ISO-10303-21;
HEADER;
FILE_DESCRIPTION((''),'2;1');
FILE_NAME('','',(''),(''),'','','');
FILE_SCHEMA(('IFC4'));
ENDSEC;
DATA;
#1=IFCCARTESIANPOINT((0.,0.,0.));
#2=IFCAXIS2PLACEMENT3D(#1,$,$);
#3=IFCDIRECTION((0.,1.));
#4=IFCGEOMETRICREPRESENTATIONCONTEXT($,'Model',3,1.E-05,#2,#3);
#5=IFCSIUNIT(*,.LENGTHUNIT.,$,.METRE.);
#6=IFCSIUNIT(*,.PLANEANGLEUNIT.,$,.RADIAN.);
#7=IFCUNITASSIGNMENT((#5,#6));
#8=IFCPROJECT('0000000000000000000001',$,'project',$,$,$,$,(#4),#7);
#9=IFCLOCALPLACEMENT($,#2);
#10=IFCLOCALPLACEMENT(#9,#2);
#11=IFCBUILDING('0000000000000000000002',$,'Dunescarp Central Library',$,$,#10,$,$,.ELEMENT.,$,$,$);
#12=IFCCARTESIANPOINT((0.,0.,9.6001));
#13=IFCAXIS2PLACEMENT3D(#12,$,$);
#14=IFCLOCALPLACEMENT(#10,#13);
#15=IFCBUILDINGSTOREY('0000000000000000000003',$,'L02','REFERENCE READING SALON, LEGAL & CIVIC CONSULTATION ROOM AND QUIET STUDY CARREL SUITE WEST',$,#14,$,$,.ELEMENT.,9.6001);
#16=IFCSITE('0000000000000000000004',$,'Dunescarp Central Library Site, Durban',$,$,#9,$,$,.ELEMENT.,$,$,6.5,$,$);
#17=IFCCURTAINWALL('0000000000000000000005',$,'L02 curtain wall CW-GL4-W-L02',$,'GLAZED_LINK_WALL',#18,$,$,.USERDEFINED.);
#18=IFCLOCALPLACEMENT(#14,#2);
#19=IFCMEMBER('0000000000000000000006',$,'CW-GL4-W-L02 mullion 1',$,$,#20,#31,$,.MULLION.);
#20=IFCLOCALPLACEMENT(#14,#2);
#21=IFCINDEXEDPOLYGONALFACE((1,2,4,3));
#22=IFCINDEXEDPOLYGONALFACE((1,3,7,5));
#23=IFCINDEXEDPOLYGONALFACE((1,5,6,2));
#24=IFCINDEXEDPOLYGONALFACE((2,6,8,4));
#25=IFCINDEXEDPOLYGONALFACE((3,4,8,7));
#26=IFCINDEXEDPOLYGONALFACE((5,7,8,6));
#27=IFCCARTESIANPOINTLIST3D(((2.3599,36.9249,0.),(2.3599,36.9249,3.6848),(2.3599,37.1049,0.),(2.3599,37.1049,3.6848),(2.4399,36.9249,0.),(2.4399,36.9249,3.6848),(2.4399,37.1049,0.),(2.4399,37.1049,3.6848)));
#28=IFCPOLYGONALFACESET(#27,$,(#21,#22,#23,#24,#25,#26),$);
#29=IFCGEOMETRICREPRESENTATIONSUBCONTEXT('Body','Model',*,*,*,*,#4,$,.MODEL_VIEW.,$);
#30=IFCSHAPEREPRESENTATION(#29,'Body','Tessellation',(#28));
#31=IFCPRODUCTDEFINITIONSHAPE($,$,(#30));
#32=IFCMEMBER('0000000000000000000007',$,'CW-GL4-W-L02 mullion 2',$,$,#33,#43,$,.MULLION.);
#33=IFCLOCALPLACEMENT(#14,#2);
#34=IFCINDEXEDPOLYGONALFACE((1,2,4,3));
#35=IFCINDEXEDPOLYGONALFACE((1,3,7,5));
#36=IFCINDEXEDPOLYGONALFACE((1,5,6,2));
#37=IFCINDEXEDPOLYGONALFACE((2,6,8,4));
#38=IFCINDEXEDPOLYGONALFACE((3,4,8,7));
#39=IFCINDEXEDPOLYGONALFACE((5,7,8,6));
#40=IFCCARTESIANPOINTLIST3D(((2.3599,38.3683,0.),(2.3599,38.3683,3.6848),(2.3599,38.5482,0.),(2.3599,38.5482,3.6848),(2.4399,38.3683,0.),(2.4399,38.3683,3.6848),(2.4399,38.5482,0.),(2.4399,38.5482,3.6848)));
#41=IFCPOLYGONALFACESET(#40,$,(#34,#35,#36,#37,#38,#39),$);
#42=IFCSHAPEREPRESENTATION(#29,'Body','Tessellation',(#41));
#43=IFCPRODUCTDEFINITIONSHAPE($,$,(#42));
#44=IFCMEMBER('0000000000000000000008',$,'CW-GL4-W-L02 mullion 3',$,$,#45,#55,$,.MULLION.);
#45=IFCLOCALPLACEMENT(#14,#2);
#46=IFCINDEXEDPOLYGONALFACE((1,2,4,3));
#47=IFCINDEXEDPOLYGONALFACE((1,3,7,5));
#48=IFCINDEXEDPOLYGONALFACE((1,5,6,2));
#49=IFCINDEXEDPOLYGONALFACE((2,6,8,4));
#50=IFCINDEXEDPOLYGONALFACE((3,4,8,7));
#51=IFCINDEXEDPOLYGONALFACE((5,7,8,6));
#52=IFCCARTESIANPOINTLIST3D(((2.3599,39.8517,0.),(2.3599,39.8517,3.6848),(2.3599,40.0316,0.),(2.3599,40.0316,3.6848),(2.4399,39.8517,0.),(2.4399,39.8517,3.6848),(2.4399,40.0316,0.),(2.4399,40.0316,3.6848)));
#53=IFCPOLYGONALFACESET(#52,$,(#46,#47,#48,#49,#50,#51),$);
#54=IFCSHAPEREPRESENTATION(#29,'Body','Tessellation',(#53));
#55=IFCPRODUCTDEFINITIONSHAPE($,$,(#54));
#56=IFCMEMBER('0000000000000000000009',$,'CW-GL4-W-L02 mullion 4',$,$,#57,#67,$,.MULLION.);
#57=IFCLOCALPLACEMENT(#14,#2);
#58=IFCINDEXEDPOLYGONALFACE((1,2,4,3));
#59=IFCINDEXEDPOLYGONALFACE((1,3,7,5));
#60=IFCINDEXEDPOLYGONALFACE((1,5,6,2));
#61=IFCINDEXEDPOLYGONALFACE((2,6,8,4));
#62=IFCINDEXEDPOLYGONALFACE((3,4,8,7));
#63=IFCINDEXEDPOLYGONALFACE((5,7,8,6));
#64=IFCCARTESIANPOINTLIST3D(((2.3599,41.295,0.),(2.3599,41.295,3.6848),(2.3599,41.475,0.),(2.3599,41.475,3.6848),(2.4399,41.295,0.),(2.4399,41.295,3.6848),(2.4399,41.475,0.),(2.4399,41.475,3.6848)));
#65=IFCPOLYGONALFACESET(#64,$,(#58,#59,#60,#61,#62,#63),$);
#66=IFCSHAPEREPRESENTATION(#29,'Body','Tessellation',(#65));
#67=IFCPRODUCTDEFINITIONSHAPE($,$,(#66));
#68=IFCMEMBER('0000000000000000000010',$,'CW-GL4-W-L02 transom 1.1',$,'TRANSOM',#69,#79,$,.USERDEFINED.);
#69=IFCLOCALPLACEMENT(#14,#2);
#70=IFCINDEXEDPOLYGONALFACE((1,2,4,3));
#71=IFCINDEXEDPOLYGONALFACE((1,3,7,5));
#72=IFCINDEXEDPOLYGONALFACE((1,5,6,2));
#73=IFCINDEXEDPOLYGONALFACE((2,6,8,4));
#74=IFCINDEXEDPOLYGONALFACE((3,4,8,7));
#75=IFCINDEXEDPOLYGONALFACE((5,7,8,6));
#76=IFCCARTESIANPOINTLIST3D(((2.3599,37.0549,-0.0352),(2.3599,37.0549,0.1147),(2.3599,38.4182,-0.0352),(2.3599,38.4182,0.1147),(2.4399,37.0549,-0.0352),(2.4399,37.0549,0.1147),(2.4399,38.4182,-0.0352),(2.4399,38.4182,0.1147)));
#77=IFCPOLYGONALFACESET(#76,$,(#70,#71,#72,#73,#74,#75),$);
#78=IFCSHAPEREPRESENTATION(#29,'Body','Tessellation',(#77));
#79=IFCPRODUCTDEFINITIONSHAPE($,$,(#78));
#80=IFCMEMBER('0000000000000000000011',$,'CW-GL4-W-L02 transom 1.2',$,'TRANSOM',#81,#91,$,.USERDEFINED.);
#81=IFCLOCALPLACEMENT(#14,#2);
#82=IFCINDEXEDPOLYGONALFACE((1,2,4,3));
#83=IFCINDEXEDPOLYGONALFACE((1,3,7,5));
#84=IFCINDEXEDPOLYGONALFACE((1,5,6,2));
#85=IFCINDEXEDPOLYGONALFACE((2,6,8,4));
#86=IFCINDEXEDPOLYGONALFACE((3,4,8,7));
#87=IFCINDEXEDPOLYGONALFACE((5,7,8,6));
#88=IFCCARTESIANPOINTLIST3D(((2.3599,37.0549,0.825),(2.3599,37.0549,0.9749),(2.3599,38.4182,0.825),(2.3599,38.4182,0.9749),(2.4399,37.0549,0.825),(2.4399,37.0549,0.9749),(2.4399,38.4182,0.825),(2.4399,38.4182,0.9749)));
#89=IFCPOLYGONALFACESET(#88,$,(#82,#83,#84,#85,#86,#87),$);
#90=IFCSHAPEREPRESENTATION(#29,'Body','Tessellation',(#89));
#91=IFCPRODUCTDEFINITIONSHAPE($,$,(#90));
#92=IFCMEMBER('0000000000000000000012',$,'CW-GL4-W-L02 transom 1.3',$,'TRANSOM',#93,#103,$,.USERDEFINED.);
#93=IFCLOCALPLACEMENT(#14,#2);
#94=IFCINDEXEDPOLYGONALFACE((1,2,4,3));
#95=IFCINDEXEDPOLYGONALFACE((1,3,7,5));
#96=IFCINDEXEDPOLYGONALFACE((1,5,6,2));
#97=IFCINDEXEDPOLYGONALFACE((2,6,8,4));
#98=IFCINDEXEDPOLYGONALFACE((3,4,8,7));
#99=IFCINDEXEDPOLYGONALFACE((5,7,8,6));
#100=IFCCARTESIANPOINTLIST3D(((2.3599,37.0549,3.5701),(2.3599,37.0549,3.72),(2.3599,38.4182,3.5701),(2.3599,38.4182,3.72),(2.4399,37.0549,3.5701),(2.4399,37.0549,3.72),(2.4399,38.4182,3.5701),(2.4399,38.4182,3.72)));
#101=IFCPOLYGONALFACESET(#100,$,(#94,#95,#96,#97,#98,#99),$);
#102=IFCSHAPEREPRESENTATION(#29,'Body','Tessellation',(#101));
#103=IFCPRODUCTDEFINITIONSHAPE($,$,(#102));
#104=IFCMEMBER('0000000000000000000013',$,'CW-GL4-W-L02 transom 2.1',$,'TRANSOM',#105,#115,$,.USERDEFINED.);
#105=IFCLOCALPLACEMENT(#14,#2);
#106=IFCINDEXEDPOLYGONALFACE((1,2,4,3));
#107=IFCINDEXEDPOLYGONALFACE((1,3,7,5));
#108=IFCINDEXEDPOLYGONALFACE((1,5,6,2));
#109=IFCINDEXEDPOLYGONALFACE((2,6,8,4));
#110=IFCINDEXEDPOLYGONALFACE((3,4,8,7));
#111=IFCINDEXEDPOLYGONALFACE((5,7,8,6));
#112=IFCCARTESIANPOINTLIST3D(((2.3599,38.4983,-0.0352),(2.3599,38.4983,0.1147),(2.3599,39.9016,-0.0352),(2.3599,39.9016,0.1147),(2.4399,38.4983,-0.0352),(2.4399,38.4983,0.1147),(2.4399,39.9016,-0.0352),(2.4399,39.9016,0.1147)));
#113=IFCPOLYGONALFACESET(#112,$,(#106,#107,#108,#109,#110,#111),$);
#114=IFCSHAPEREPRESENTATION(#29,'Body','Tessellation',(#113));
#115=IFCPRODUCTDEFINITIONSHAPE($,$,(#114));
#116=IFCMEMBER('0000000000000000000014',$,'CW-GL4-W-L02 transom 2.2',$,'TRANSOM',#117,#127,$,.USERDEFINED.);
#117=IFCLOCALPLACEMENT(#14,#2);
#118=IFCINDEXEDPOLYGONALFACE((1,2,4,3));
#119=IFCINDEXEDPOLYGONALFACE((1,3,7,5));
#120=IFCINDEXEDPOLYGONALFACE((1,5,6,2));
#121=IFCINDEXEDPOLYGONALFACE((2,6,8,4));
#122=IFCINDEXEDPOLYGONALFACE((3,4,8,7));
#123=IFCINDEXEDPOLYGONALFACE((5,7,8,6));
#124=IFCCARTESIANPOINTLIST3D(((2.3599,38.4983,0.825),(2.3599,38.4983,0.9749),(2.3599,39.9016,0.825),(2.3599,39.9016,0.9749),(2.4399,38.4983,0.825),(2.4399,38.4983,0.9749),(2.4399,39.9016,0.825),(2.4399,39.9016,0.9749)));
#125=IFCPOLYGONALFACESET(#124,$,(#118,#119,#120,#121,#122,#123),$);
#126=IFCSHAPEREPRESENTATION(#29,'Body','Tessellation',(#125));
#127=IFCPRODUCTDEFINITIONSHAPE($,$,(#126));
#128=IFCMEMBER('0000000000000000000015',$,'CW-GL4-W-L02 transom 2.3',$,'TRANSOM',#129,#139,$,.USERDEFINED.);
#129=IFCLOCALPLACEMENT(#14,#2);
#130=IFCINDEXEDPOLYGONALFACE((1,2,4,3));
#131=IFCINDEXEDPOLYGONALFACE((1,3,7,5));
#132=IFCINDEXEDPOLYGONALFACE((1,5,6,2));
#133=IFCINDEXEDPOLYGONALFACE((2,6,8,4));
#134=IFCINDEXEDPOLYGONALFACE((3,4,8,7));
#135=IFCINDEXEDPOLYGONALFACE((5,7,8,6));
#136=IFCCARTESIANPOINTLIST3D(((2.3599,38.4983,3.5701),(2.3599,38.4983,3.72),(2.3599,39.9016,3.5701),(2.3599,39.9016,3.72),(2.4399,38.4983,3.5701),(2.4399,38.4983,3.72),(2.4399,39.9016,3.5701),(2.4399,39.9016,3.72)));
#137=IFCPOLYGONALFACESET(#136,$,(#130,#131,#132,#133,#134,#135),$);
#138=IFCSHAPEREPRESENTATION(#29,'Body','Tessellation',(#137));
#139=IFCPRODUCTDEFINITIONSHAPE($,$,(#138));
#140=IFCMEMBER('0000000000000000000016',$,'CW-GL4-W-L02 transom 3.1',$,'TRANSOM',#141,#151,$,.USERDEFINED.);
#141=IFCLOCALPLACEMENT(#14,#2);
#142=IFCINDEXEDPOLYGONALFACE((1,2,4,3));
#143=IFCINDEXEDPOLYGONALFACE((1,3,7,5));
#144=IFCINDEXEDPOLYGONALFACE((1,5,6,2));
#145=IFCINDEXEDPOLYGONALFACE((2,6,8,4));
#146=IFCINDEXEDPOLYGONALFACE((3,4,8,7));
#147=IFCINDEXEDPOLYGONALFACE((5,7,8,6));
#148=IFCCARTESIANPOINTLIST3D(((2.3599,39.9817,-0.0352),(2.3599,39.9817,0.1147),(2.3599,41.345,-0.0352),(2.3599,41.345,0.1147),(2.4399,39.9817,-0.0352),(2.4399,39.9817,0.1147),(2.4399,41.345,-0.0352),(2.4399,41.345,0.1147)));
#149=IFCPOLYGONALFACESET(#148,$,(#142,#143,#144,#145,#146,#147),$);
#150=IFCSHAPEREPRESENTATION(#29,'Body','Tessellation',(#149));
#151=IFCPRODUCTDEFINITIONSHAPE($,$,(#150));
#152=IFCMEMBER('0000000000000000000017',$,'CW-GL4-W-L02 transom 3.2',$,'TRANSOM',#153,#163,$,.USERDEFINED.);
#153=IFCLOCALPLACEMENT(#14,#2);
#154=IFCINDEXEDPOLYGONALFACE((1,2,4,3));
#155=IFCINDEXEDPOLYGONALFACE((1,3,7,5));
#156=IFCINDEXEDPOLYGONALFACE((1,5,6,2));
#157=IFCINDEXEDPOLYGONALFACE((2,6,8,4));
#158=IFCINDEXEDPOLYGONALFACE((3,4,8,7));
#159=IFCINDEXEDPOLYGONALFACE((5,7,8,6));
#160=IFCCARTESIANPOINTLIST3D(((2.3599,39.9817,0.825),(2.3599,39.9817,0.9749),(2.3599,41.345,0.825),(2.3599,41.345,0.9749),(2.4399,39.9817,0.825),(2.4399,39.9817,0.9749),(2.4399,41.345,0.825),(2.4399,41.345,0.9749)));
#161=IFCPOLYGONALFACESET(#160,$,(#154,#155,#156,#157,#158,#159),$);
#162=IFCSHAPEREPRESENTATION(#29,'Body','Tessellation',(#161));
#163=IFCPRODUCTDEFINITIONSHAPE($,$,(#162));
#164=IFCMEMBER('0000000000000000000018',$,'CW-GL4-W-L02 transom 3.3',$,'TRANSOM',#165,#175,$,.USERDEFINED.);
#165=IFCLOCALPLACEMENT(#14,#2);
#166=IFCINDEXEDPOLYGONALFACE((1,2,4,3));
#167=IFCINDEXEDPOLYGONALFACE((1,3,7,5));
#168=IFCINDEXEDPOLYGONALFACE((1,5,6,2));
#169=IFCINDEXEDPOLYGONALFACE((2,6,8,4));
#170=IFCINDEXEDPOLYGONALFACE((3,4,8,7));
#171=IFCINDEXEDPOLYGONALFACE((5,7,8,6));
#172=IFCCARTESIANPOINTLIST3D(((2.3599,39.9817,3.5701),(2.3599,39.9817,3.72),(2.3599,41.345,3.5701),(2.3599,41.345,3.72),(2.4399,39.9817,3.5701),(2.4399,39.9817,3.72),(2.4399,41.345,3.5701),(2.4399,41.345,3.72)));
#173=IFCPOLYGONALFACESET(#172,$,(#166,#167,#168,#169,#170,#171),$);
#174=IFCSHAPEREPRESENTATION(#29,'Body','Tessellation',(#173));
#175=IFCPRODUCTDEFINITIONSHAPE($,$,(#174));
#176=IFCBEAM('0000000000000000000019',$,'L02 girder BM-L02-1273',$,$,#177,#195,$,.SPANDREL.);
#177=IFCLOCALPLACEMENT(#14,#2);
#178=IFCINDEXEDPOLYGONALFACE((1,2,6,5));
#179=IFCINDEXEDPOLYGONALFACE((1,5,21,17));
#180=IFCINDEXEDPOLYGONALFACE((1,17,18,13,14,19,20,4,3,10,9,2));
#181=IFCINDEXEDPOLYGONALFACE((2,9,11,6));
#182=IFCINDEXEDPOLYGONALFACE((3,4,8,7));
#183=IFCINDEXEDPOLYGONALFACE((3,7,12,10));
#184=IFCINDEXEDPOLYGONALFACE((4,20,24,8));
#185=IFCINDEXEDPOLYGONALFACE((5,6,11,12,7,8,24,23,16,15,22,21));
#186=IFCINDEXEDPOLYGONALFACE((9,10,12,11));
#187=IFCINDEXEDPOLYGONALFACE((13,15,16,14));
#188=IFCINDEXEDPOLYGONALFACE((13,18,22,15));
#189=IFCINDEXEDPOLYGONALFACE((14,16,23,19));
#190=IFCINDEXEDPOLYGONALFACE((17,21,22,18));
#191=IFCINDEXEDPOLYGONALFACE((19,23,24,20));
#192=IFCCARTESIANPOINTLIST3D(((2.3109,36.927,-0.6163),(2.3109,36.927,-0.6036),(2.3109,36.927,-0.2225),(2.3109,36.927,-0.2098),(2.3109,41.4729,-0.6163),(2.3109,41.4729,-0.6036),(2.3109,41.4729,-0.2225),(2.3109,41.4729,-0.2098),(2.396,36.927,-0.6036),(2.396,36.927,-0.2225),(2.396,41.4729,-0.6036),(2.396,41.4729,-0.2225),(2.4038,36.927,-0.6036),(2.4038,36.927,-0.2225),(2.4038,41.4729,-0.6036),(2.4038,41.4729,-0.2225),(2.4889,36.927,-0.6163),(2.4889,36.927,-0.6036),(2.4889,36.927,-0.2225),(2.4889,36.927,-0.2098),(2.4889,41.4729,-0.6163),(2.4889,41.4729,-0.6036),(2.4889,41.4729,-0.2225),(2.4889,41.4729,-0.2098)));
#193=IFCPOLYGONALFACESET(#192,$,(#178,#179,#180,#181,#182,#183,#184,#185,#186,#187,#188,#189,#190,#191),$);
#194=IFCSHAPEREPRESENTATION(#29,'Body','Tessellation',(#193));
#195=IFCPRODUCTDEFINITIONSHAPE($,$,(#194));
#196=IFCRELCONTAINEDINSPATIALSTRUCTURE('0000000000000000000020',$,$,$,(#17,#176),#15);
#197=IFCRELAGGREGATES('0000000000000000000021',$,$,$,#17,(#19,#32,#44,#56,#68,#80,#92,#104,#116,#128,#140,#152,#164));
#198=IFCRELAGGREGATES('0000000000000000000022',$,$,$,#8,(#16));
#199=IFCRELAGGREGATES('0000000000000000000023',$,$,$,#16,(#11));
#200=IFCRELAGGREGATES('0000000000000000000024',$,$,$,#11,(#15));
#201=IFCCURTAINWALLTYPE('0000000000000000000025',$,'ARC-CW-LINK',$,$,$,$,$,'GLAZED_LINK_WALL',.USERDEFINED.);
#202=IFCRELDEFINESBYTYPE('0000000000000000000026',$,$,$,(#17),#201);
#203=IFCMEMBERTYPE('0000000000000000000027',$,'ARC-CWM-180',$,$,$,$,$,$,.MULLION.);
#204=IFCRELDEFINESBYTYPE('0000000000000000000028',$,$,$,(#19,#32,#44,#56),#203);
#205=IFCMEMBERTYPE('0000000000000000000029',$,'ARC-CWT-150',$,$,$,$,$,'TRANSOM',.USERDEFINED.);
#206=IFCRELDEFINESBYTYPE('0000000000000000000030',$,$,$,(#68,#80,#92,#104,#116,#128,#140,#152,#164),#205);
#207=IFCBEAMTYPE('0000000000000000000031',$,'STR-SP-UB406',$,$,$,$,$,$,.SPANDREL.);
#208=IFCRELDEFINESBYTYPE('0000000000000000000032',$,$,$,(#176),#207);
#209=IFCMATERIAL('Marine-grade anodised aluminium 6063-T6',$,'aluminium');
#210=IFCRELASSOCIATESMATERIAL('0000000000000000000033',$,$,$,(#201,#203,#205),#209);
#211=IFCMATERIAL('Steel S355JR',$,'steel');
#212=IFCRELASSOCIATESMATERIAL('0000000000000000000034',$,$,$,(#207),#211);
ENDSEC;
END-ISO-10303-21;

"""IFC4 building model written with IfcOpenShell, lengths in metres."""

from ifc_helpers import new_model, si_unit, direction, frame, origin, origin_2d, place, context, subcontext, project, spatial, rectangle, i_section, extrude, material, material_profile, profile_set, type_object, element, aggregate, save


model = new_model("IFC4")

# Units and contexts
model_context = context("Model", 3, precision=1e-05, world=origin(), true_north=direction((0.0, 1.0)))
body_context = subcontext(model_context, "Body", "Model", "MODEL_VIEW")
ifc_project = project(units=[si_unit("LENGTHUNIT", "METRE"), si_unit("PLANEANGLEUNIT", "RADIAN")], contexts=[model_context])

# Site, building, storey
site_placement = place(None, origin())
site = spatial("IfcSite", under=ifc_project, at=site_placement, Name="Dunescarp Central Library Site, Durban", CompositionType="ELEMENT", RefElevation=6.5)
building_placement = place(site_placement, origin())
building = spatial("IfcBuilding", under=site, at=building_placement, Name="Dunescarp Central Library", CompositionType="ELEMENT")
storey_placement = place(building_placement, frame((0.0, 0.0, 9.6001)))
storey = spatial("IfcBuildingStorey", under=building, at=storey_placement, Name="L02", Description="REFERENCE READING SALON, LEGAL & CIVIC CONSULTATION ROOM AND QUIET STUDY CARREL SUITE WEST", CompositionType="ELEMENT", Elevation=9.6001)

# Curtain wall, members
ifc_material_1 = material(Name="Marine-grade anodised aluminium 6063-T6", Category="aluminium")
curtain_wall_type = type_object("IfcCurtainWallType", Name="ARC-CW-LINK", ElementType="GLAZED_LINK_WALL", PredefinedType="USERDEFINED", material=ifc_material_1)
curtain_wall_placement = place(storey_placement, origin())
curtain_wall = element("IfcCurtainWall", 1, at=curtain_wall_placement, inside=storey, type_object=curtain_wall_type, Name="L02 curtain wall CW-GL4-W-L02", ObjectType="GLAZED_LINK_WALL", PredefinedType="USERDEFINED")
ifc_material_profile_1 = material_profile(ifc_material_1, rectangle(XDim=0.0801, YDim=0.1799, at=origin_2d()), Name="AL 80x180")
ifc_profile_set_1 = profile_set([ifc_material_profile_1], Name="Marine-grade anodised aluminium 6063-T6")
member_type_1 = type_object("IfcMemberType", Name="ARC-CWM-180", PredefinedType="MULLION", material=ifc_profile_set_1)
member_1_placement = place(storey_placement, frame((2.3999, 37.0149, 0.0), z_axis=(0.0, 0.0, 1.0), x_axis=(-1.0, 0.0, 0.0)))
member_1 = element("IfcMember", 2, at=member_1_placement, type_object=member_type_1, Name="CW-GL4-W-L02 mullion 1", PredefinedType="MULLION", context=body_context, shape_type="SweptSolid", body=[
    extrude(rectangle(XDim=0.0801, YDim=0.1799, at=origin_2d()), origin(), (0.0, 0.0, 1.0), 3.6848),
])
member_2_placement = place(storey_placement, frame((2.3999, 38.4583, 0.0), z_axis=(0.0, 0.0, 1.0), x_axis=(-1.0, 0.0, 0.0)))
member_2 = element("IfcMember", 3, at=member_2_placement, type_object=member_type_1, Name="CW-GL4-W-L02 mullion 2", PredefinedType="MULLION", context=body_context, shape_type="SweptSolid", body=[
    extrude(rectangle(XDim=0.0801, YDim=0.1799, at=origin_2d()), origin(), (0.0, 0.0, 1.0), 3.6848),
])
member_3_placement = place(storey_placement, frame((2.3999, 39.9417, 0.0), z_axis=(0.0, 0.0, 1.0), x_axis=(-1.0, 0.0, 0.0)))
member_3 = element("IfcMember", 4, at=member_3_placement, type_object=member_type_1, Name="CW-GL4-W-L02 mullion 3", PredefinedType="MULLION", context=body_context, shape_type="SweptSolid", body=[
    extrude(rectangle(XDim=0.0801, YDim=0.1799, at=origin_2d()), origin(), (0.0, 0.0, 1.0), 3.6848),
])
member_4_placement = place(storey_placement, frame((2.3999, 41.385, 0.0), z_axis=(0.0, 0.0, 1.0), x_axis=(-1.0, 0.0, 0.0)))
member_4 = element("IfcMember", 5, at=member_4_placement, type_object=member_type_1, Name="CW-GL4-W-L02 mullion 4", PredefinedType="MULLION", context=body_context, shape_type="SweptSolid", body=[
    extrude(rectangle(XDim=0.0801, YDim=0.1799, at=origin_2d()), origin(), (0.0, 0.0, 1.0), 3.6848),
])
ifc_material_profile_2 = material_profile(ifc_material_1, rectangle(XDim=0.0801, YDim=0.1499, at=origin_2d()), Name="AL 80x150")
ifc_profile_set_2 = profile_set([ifc_material_profile_2], Name="Marine-grade anodised aluminium 6063-T6")
member_type_2 = type_object("IfcMemberType", Name="ARC-CWT-150", ElementType="TRANSOM", PredefinedType="USERDEFINED", material=ifc_profile_set_2)
member_5_placement = place(storey_placement, frame((2.3999, 37.0549, 0.0398), z_axis=(0.0, 1.0, 0.0), x_axis=(-1.0, 0.0, 0.0)))
member_5 = element("IfcMember", 6, at=member_5_placement, type_object=member_type_2, Name="CW-GL4-W-L02 transom 1.1", ObjectType="TRANSOM", PredefinedType="USERDEFINED", context=body_context, shape_type="SweptSolid", body=[
    extrude(rectangle(XDim=0.0801, YDim=0.1499, at=origin_2d()), origin(), (0.0, 0.0, 1.0), 1.3633),
])
member_6_placement = place(storey_placement, frame((2.3999, 37.0549, 0.8999), z_axis=(0.0, 1.0, 0.0), x_axis=(-1.0, 0.0, 0.0)))
member_6 = element("IfcMember", 7, at=member_6_placement, type_object=member_type_2, Name="CW-GL4-W-L02 transom 1.2", ObjectType="TRANSOM", PredefinedType="USERDEFINED", context=body_context, shape_type="SweptSolid", body=[
    extrude(rectangle(XDim=0.0801, YDim=0.1499, at=origin_2d()), origin(), (0.0, 0.0, 1.0), 1.3633),
])
member_7_placement = place(storey_placement, frame((2.3999, 37.0549, 3.645), z_axis=(0.0, 1.0, 0.0), x_axis=(-1.0, 0.0, 0.0)))
member_7 = element("IfcMember", 8, at=member_7_placement, type_object=member_type_2, Name="CW-GL4-W-L02 transom 1.3", ObjectType="TRANSOM", PredefinedType="USERDEFINED", context=body_context, shape_type="SweptSolid", body=[
    extrude(rectangle(XDim=0.0801, YDim=0.1499, at=origin_2d()), origin(), (0.0, 0.0, 1.0), 1.3633),
])
member_8_placement = place(storey_placement, frame((2.3999, 38.4983, 0.0398), z_axis=(0.0, 1.0, 0.0), x_axis=(-1.0, 0.0, 0.0)))
member_8 = element("IfcMember", 9, at=member_8_placement, type_object=member_type_2, Name="CW-GL4-W-L02 transom 2.1", ObjectType="TRANSOM", PredefinedType="USERDEFINED", context=body_context, shape_type="SweptSolid", body=[
    extrude(rectangle(XDim=0.0801, YDim=0.1499, at=origin_2d()), origin(), (0.0, 0.0, 1.0), 1.4033),
])
member_9_placement = place(storey_placement, frame((2.3999, 38.4983, 0.8999), z_axis=(0.0, 1.0, 0.0), x_axis=(-1.0, 0.0, 0.0)))
member_9 = element("IfcMember", 10, at=member_9_placement, type_object=member_type_2, Name="CW-GL4-W-L02 transom 2.2", ObjectType="TRANSOM", PredefinedType="USERDEFINED", context=body_context, shape_type="SweptSolid", body=[
    extrude(rectangle(XDim=0.0801, YDim=0.1499, at=origin_2d()), origin(), (0.0, 0.0, 1.0), 1.4033),
])
member_10_placement = place(storey_placement, frame((2.3999, 38.4983, 3.645), z_axis=(0.0, 1.0, 0.0), x_axis=(-1.0, 0.0, 0.0)))
member_10 = element("IfcMember", 11, at=member_10_placement, type_object=member_type_2, Name="CW-GL4-W-L02 transom 2.3", ObjectType="TRANSOM", PredefinedType="USERDEFINED", context=body_context, shape_type="SweptSolid", body=[
    extrude(rectangle(XDim=0.0801, YDim=0.1499, at=origin_2d()), origin(), (0.0, 0.0, 1.0), 1.4033),
])
member_11_placement = place(storey_placement, frame((2.3999, 39.9817, 0.0398), z_axis=(0.0, 1.0, 0.0), x_axis=(-1.0, 0.0, 0.0)))
member_11 = element("IfcMember", 12, at=member_11_placement, type_object=member_type_2, Name="CW-GL4-W-L02 transom 3.1", ObjectType="TRANSOM", PredefinedType="USERDEFINED", context=body_context, shape_type="SweptSolid", body=[
    extrude(rectangle(XDim=0.0801, YDim=0.1499, at=origin_2d()), origin(), (0.0, 0.0, 1.0), 1.3633),
])
member_12_placement = place(storey_placement, frame((2.3999, 39.9817, 0.8999), z_axis=(0.0, 1.0, 0.0), x_axis=(-1.0, 0.0, 0.0)))
member_12 = element("IfcMember", 13, at=member_12_placement, type_object=member_type_2, Name="CW-GL4-W-L02 transom 3.2", ObjectType="TRANSOM", PredefinedType="USERDEFINED", context=body_context, shape_type="SweptSolid", body=[
    extrude(rectangle(XDim=0.0801, YDim=0.1499, at=origin_2d()), origin(), (0.0, 0.0, 1.0), 1.3633),
])
member_13_placement = place(storey_placement, frame((2.3999, 39.9817, 3.645), z_axis=(0.0, 1.0, 0.0), x_axis=(-1.0, 0.0, 0.0)))
member_13 = element("IfcMember", 14, at=member_13_placement, type_object=member_type_2, Name="CW-GL4-W-L02 transom 3.3", ObjectType="TRANSOM", PredefinedType="USERDEFINED", context=body_context, shape_type="SweptSolid", body=[
    extrude(rectangle(XDim=0.0801, YDim=0.1499, at=origin_2d()), origin(), (0.0, 0.0, 1.0), 1.3633),
])

# Beam
ifc_material_2 = material(Name="Steel S355JR", Category="steel")
ifc_material_profile_3 = material_profile(ifc_material_2, i_section(OverallWidth=0.178, OverallDepth=0.4065, WebThickness=0.0078, FlangeThickness=0.0127, at=origin_2d()), Name="UB 406x178x60")
ifc_profile_set_3 = profile_set([ifc_material_profile_3], Name="Steel S355JR")
beam_type = type_object("IfcBeamType", Name="STR-SP-UB406", PredefinedType="SPANDREL", material=ifc_profile_set_3)
beam_placement = place(storey_placement, frame((2.3999, 36.927, -0.4131), z_axis=(0.0, 1.0, 0.0), x_axis=(-1.0, 0.0, 0.0)))
element("IfcBeam", 15, at=beam_placement, inside=storey, type_object=beam_type, Name="L02 girder BM-L02-1273", PredefinedType="SPANDREL", context=body_context, shape_type="SweptSolid", body=[
    extrude(i_section(OverallWidth=0.178, OverallDepth=0.4065, WebThickness=0.0078, FlangeThickness=0.0127, at=origin_2d()), origin(), (0.0, 0.0, 1.0), 4.5459),
])

aggregate(curtain_wall, [member_1, member_2, member_3, member_4, member_5, member_6, member_7, member_8, member_9, member_10, member_11, member_12, member_13])

save(model, "model.ifc")
